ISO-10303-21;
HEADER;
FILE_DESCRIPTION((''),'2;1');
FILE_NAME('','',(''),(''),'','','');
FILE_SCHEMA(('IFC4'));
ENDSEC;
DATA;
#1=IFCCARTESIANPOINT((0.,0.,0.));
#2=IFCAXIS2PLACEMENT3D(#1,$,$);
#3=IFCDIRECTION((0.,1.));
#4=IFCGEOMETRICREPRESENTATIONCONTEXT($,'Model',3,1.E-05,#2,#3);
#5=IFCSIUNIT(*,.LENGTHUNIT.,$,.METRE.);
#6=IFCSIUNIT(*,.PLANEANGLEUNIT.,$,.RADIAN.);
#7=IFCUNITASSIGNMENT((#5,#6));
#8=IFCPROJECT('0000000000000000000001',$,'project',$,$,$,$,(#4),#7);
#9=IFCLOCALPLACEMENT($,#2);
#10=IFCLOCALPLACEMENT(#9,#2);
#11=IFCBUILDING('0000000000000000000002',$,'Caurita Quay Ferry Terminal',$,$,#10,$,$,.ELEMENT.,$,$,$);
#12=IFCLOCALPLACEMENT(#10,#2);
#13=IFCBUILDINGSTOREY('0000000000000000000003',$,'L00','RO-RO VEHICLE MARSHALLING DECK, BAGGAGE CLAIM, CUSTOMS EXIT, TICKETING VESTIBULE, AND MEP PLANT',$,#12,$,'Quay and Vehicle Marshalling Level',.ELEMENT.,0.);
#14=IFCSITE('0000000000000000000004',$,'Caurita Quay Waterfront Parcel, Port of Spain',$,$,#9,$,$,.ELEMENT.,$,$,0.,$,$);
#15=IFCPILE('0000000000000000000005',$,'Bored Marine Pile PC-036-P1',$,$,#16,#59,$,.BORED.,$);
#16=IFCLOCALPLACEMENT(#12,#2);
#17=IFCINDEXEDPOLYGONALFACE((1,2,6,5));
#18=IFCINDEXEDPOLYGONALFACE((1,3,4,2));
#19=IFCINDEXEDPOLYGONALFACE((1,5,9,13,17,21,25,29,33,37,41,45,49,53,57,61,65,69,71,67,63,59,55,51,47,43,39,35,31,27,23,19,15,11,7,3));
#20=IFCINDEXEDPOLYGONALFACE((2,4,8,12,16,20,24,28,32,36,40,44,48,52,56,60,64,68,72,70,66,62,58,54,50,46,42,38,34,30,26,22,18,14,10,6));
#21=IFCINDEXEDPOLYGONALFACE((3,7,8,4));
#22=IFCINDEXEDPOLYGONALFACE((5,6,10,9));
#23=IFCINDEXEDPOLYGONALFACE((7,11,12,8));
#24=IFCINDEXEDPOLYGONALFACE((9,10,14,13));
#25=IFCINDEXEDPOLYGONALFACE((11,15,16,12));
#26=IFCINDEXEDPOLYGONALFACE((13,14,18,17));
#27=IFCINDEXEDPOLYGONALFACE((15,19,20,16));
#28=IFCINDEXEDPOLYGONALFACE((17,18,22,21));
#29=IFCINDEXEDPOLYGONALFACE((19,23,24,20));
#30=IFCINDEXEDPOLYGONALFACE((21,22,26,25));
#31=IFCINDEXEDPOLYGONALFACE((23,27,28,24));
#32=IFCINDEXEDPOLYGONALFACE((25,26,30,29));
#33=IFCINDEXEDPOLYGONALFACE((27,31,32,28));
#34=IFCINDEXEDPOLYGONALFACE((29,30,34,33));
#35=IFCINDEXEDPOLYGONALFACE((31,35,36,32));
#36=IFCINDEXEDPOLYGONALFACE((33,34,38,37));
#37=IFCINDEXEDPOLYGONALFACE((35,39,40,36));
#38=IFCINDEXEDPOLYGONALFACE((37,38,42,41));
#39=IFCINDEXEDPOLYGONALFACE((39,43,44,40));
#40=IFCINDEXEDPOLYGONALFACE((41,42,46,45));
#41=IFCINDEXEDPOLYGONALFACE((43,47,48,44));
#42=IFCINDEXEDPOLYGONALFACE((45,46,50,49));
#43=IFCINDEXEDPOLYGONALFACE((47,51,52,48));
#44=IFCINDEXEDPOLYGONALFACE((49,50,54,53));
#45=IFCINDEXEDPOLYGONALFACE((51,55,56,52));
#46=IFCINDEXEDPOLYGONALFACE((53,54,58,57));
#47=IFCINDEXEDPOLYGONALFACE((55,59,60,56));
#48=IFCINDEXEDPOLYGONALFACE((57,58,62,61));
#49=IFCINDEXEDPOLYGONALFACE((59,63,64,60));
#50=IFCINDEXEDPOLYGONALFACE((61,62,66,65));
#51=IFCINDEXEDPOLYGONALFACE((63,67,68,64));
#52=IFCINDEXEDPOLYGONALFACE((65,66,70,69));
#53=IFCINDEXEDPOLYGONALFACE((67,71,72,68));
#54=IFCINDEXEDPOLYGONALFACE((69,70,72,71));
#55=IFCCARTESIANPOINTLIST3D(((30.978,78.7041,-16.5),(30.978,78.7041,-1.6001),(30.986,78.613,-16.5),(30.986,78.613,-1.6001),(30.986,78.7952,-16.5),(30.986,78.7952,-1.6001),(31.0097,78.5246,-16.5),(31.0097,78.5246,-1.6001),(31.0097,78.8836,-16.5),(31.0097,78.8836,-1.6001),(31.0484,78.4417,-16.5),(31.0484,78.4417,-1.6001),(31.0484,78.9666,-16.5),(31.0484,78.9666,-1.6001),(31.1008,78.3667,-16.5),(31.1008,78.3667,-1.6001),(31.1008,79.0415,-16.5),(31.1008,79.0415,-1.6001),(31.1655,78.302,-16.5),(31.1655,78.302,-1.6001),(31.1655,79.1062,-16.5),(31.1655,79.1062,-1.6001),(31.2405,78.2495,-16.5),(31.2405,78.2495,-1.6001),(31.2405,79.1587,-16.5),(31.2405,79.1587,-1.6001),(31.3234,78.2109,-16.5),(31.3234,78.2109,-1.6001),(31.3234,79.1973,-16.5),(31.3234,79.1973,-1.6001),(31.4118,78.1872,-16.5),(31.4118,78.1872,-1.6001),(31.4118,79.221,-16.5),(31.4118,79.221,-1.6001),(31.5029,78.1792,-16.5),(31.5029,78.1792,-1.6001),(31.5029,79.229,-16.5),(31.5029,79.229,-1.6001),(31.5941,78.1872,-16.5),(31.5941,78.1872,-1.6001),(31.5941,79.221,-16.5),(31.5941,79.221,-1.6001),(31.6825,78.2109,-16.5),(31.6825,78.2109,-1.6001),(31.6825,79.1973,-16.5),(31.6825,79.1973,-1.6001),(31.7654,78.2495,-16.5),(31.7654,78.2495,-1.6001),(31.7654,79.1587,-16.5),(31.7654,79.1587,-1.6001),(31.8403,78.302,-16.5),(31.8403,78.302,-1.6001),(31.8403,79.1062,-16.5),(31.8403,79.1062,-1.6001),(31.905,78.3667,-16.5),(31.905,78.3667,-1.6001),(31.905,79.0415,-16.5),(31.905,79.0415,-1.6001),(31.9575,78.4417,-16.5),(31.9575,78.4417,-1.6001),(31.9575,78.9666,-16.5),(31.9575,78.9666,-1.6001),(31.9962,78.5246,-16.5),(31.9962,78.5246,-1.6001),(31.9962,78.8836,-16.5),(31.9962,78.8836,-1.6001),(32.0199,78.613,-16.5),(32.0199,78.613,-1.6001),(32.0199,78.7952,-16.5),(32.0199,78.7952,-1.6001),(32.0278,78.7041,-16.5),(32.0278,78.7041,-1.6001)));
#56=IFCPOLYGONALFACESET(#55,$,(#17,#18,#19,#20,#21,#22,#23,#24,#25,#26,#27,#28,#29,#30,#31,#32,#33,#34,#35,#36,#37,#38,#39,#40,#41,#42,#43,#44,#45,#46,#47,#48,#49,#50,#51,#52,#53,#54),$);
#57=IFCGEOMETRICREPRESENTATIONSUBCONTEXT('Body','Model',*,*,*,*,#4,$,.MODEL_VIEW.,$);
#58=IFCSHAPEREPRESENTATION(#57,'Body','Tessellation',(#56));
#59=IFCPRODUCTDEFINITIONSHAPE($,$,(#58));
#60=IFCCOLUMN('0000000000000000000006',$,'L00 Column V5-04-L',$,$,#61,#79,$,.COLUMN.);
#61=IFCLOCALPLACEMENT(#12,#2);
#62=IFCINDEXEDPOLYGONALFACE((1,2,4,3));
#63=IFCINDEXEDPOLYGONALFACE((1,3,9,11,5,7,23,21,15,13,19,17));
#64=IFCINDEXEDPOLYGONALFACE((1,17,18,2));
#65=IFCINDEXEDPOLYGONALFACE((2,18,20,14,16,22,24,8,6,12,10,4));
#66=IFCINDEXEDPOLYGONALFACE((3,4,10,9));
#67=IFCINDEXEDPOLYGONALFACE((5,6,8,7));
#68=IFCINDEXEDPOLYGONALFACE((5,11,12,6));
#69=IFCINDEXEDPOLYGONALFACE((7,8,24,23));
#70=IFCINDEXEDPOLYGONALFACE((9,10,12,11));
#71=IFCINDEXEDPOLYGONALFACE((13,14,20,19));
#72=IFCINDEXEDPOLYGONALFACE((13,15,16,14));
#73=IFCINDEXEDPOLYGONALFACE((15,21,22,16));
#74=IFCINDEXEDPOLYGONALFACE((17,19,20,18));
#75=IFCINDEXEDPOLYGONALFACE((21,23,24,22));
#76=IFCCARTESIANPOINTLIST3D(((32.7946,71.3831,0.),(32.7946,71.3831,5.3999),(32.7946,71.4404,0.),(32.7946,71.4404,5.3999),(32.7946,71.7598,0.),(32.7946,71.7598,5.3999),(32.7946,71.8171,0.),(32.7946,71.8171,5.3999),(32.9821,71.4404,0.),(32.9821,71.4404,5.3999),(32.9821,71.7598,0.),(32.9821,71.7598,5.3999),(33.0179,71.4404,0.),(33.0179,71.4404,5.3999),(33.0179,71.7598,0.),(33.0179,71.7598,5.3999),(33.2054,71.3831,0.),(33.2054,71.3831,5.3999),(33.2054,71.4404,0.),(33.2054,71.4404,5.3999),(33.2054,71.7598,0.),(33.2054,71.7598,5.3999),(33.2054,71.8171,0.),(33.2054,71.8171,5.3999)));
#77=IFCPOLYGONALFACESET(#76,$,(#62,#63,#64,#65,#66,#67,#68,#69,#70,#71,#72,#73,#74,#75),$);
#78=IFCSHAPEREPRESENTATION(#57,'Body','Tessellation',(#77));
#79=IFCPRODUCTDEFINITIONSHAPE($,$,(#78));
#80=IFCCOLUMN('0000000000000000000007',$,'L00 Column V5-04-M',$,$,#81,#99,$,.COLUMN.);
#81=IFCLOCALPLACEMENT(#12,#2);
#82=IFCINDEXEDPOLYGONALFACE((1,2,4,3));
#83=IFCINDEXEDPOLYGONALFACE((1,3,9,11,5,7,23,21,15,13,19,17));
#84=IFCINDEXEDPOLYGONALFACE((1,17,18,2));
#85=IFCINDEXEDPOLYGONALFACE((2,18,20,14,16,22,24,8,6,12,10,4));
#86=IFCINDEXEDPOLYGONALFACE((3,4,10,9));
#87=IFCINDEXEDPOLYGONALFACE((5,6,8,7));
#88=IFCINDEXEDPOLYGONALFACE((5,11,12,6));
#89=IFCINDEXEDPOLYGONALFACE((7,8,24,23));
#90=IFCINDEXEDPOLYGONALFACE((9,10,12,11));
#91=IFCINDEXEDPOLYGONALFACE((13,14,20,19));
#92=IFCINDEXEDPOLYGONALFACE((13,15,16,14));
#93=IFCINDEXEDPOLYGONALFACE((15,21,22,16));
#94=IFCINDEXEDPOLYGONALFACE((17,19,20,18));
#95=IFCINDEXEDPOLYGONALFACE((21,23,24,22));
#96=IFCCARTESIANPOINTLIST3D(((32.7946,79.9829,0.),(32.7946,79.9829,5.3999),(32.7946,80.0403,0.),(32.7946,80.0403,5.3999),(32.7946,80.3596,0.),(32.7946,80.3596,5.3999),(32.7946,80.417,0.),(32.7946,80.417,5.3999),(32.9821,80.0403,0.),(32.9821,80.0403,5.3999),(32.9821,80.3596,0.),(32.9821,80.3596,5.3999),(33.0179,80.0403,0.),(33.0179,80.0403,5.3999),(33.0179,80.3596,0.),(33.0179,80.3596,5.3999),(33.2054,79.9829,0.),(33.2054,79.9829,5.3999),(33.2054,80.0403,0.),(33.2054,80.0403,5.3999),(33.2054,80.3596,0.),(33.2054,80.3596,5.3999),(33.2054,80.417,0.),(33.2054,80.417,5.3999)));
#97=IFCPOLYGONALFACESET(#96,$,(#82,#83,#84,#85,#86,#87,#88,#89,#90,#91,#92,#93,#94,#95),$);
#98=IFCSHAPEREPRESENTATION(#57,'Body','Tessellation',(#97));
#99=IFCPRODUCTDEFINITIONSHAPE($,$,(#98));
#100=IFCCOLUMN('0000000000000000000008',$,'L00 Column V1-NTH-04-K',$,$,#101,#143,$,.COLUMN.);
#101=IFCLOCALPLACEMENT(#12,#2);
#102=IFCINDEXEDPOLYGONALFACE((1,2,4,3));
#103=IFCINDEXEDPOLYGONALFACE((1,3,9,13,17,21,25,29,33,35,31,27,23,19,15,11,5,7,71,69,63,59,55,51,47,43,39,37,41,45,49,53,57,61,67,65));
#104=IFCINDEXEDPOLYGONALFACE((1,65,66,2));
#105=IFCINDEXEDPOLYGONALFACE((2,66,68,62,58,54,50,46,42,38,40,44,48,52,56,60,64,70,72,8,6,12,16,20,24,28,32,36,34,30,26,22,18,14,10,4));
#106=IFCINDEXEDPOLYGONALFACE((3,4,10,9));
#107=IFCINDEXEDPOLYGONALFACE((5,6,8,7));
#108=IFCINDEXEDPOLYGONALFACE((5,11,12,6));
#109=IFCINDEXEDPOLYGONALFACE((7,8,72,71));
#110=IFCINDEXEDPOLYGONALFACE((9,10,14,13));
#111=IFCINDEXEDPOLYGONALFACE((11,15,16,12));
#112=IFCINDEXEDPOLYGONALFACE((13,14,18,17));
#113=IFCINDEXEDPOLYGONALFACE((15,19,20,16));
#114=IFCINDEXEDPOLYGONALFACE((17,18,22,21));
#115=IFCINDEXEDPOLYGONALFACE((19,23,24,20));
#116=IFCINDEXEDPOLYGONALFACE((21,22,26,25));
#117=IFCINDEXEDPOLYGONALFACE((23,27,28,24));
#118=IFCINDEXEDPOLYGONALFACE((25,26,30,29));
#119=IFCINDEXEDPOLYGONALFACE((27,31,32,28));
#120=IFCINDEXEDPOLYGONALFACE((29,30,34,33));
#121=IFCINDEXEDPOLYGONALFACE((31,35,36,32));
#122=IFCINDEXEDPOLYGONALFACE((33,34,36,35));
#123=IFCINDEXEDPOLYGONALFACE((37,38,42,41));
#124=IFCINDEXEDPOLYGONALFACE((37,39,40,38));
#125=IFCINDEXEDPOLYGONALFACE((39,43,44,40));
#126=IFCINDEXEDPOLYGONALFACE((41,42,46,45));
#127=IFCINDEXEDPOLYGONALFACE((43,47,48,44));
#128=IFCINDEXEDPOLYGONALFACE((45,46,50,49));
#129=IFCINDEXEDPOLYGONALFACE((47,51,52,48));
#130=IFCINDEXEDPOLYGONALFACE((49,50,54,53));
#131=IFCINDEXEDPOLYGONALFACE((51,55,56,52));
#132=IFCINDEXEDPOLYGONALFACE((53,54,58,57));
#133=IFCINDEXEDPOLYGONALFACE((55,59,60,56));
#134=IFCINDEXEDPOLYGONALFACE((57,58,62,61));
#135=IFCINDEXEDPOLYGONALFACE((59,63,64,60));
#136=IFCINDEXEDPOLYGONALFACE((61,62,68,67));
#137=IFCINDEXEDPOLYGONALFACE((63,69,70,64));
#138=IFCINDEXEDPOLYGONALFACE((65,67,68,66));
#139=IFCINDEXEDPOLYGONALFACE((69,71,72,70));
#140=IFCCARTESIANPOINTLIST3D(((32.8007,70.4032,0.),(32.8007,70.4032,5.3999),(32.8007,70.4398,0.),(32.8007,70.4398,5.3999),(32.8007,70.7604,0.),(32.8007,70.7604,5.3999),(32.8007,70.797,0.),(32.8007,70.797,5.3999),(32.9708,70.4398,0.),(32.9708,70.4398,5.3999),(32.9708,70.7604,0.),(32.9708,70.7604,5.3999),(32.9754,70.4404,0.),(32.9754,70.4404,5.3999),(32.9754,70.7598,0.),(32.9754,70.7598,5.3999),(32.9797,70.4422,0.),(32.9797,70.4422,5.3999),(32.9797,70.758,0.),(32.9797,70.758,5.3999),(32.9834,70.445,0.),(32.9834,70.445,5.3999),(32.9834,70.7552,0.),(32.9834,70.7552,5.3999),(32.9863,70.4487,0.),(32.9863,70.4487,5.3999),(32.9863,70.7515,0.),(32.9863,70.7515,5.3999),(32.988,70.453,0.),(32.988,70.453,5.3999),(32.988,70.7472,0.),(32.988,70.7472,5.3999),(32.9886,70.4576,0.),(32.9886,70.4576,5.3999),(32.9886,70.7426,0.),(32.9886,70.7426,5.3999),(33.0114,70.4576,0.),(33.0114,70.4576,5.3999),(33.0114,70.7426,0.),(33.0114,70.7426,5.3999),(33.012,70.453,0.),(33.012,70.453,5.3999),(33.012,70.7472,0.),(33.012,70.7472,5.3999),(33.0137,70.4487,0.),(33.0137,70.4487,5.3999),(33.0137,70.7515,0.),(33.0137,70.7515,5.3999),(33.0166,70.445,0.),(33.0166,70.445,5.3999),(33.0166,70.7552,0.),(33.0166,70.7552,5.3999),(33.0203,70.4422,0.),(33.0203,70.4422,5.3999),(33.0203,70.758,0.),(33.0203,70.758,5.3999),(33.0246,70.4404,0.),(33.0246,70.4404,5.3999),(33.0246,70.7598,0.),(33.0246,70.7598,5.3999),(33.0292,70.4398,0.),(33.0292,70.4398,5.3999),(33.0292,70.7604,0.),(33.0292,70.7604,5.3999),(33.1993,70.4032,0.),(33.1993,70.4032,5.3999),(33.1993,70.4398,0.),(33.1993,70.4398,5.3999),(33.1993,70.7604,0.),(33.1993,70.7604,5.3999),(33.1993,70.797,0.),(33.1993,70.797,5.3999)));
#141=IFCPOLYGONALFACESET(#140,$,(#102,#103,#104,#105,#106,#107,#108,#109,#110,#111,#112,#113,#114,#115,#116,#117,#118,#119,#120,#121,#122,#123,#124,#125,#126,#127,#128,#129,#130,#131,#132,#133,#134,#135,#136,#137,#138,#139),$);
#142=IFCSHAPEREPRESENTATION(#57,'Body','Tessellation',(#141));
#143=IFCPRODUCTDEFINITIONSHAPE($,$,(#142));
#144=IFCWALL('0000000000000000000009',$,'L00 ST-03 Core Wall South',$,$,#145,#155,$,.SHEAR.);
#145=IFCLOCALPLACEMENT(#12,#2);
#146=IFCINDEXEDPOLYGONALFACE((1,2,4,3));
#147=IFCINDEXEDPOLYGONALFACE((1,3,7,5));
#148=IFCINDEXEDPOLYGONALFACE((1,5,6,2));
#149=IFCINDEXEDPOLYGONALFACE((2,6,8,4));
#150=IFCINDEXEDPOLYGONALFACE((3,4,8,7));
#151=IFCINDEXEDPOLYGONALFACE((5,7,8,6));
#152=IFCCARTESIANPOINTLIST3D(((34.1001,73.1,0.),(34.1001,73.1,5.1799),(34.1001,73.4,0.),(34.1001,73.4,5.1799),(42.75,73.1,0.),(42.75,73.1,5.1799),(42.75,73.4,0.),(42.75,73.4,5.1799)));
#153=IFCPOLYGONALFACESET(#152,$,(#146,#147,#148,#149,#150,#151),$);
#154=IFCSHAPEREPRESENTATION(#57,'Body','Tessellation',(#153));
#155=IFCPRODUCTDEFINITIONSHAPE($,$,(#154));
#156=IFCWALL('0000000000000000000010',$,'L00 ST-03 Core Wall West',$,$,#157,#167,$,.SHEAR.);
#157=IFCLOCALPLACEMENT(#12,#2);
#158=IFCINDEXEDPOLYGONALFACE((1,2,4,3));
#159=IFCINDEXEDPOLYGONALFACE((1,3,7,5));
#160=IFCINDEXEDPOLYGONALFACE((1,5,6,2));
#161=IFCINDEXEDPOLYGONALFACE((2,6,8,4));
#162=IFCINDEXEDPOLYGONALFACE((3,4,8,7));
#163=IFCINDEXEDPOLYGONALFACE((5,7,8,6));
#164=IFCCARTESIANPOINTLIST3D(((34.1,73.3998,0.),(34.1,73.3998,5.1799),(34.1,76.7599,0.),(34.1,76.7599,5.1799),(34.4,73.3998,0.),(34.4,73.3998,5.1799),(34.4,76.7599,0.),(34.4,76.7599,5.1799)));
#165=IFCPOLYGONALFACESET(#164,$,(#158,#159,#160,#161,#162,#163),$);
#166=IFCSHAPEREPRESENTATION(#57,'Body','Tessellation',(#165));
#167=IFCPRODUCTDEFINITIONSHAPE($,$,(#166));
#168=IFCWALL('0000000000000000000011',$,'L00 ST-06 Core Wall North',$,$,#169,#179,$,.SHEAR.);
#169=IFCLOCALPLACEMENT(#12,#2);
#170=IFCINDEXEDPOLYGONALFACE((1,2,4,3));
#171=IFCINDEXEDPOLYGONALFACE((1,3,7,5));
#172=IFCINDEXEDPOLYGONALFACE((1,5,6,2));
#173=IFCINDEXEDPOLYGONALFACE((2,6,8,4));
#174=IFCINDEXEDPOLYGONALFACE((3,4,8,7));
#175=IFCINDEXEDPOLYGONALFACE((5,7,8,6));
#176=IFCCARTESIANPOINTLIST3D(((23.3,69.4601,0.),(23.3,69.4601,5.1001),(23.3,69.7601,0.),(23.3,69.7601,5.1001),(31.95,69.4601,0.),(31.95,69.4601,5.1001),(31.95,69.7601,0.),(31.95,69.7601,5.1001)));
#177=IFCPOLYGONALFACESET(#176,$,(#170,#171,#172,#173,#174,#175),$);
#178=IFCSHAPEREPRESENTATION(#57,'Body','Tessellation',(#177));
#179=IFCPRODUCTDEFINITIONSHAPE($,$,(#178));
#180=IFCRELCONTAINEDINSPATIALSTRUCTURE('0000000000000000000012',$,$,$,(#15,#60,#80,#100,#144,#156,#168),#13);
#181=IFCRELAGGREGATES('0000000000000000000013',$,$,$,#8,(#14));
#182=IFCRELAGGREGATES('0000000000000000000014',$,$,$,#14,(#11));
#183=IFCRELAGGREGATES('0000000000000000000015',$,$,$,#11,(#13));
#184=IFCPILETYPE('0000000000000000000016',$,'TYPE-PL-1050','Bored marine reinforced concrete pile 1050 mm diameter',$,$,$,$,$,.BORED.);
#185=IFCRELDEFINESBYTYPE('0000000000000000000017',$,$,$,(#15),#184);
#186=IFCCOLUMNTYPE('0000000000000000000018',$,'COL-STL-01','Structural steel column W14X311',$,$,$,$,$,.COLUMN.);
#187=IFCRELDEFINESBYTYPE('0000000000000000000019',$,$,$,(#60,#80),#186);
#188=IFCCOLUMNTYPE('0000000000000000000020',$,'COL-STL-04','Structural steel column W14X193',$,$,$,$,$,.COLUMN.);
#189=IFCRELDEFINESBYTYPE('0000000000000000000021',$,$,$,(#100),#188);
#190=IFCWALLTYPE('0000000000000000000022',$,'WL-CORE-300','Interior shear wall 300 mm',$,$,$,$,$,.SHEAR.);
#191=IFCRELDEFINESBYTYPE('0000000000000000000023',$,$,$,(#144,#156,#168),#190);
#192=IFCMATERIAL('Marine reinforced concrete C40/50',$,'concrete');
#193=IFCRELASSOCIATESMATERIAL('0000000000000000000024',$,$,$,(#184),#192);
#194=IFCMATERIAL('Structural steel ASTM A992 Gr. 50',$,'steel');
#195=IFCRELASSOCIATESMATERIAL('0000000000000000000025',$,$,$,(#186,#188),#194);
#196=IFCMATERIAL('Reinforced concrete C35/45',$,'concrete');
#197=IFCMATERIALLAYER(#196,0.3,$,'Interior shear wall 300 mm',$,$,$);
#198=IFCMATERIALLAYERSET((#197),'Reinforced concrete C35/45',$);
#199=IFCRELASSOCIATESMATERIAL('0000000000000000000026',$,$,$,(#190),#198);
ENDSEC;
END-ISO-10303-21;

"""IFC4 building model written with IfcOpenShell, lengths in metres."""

from ifc_helpers import new_model, si_unit, direction, frame, frame_2d, origin, origin_2d, place, context, subcontext, project, spatial, rectangle, circle, i_section, extrude, material, layer, layer_set, material_profile, profile_set, type_object, element, save


model = new_model("IFC4")

# Units and contexts
model_context = context("Model", 3, precision=1e-05, world=origin(), true_north=direction((0.0, 1.0)))
body_context = subcontext(model_context, "Body", "Model", "MODEL_VIEW")
ifc_project = project(units=[si_unit("LENGTHUNIT", "METRE"), si_unit("PLANEANGLEUNIT", "RADIAN")], contexts=[model_context])

# Site, building, storey
site_placement = place(None, origin())
site = spatial("IfcSite", under=ifc_project, at=site_placement, Name="Caurita Quay Waterfront Parcel, Port of Spain", CompositionType="ELEMENT", RefElevation=0.0)
building_placement = place(site_placement, origin())
building = spatial("IfcBuilding", under=site, at=building_placement, Name="Caurita Quay Ferry Terminal", CompositionType="ELEMENT")
storey_placement = place(building_placement, origin())
storey = spatial("IfcBuildingStorey", under=building, at=storey_placement, Name="L00", Description="RO-RO VEHICLE MARSHALLING DECK, BAGGAGE CLAIM, CUSTOMS EXIT, TICKETING VESTIBULE, AND MEP PLANT", LongName="Quay and Vehicle Marshalling Level", CompositionType="ELEMENT", Elevation=0.0)

# Pile
ifc_material_1 = material(Name="Marine reinforced concrete C40/50", Category="concrete")
ifc_material_profile_1 = material_profile(ifc_material_1, circle(Radius=0.5249, at=origin_2d()), Name="PILE-D1050")
ifc_profile_set_1 = profile_set([ifc_material_profile_1], Name="Marine reinforced concrete C40/50")
pile_type = type_object("IfcPileType", Name="TYPE-PL-1050", Description="Bored marine reinforced concrete pile 1050 mm diameter", PredefinedType="BORED", material=ifc_profile_set_1)
pile_placement = place(storey_placement, frame((31.5029, 78.7041, -1.6001), z_axis=(0.0, 0.0, -1.0), x_axis=(1.0, 0.0, 0.0)))
element("IfcPile", 1, at=pile_placement, inside=storey, type_object=pile_type, Name="Bored Marine Pile PC-036-P1", PredefinedType="BORED", context=body_context, shape_type="SweptSolid", body=[
    extrude(circle(Radius=0.5249, at=origin_2d()), origin(), (0.0, 0.0, 1.0), 14.8999),
])

# Columns
ifc_material_2 = material(Name="Structural steel ASTM A992 Gr. 50", Category="steel")
ifc_material_profile_2 = material_profile(ifc_material_2, i_section(OverallWidth=0.4109, OverallDepth=0.4341, WebThickness=0.0359, FlangeThickness=0.0574, at=origin_2d()), Name="W14X311")
ifc_profile_set_2 = profile_set([ifc_material_profile_2], Name="Structural steel ASTM A992 Gr. 50")
column_type_1 = type_object("IfcColumnType", Name="COL-STL-01", Description="Structural steel column W14X311", PredefinedType="COLUMN", material=ifc_profile_set_2)
for number, where, z_axis, x_axis, name in (
    (2, (33.0, 71.6001, 0.0), (0.0, 0.0, 1.0), (1.0, 0.0, 0.0), "L00 Column V5-04-L"),
    (3, (33.0, 80.2, 0.0), (0.0, 0.0, 1.0), (1.0, 0.0, 0.0), "L00 Column V5-04-M"),
):
    element("IfcColumn", number, at=place(storey_placement, frame(where, z_axis=z_axis, x_axis=x_axis)), inside=storey, type_object=column_type_1, Name=name, PredefinedType="COLUMN", context=body_context, shape_type="SweptSolid", body=[
        extrude(i_section(OverallWidth=0.4109, OverallDepth=0.4341, WebThickness=0.0359, FlangeThickness=0.0574, at=origin_2d()), origin(), (0.0, 0.0, 1.0), 5.3999),
    ])
ifc_material_profile_3 = material_profile(ifc_material_2, i_section(OverallWidth=0.3987, OverallDepth=0.3938, WebThickness=0.0227, FlangeThickness=0.0366, FilletRadius=0.0178, at=origin_2d()), Name="W14X193")
ifc_profile_set_3 = profile_set([ifc_material_profile_3], Name="Structural steel ASTM A992 Gr. 50")
column_type_2 = type_object("IfcColumnType", Name="COL-STL-04", Description="Structural steel column W14X193", PredefinedType="COLUMN", material=ifc_profile_set_3)
column_placement = place(storey_placement, frame((33.0, 70.6001, 0.0), z_axis=(0.0, 0.0, 1.0), x_axis=(1.0, 0.0, 0.0)))
element("IfcColumn", 4, at=column_placement, inside=storey, type_object=column_type_2, Name="L00 Column V1-NTH-04-K", PredefinedType="COLUMN", context=body_context, shape_type="SweptSolid", body=[
    extrude(i_section(OverallWidth=0.3987, OverallDepth=0.3938, WebThickness=0.0227, FlangeThickness=0.0366, FilletRadius=0.0178, at=origin_2d()), origin(), (0.0, 0.0, 1.0), 5.3999),
])

# Walls
ifc_material_3 = material(Name="Reinforced concrete C35/45", Category="concrete")
ifc_layer_1 = layer(ifc_material_3, 0.3, Name="Interior shear wall 300 mm")
ifc_layer_set_1 = layer_set([ifc_layer_1], Name="Reinforced concrete C35/45")
wall_type_1 = type_object("IfcWallType", Name="WL-CORE-300", Description="Interior shear wall 300 mm", PredefinedType="SHEAR", material=ifc_layer_set_1)
wall_1_placement = place(storey_placement, frame((34.1001, 73.25, 0.0), z_axis=(0.0, 0.0, 1.0), x_axis=(1.0, 0.0, 0.0)))
element("IfcWall", 5, at=wall_1_placement, inside=storey, type_object=wall_type_1, Name="L00 ST-03 Core Wall South", PredefinedType="SHEAR", context=body_context, shape_type="SweptSolid", body=[
    extrude(rectangle(XDim=8.6499, YDim=0.3, at=frame_2d((4.325, 0.0))), origin(), (0.0, 0.0, 1.0), 5.1799),
])
wall_2_placement = place(storey_placement, frame((34.25, 76.76, 0.0), z_axis=(0.0, 0.0, 1.0), x_axis=(0.0, -1.0, 0.0)))
element("IfcWall", 6, at=wall_2_placement, inside=storey, type_object=wall_type_1, Name="L00 ST-03 Core Wall West", PredefinedType="SHEAR", context=body_context, shape_type="SweptSolid", body=[
    extrude(rectangle(XDim=3.3601, YDim=0.3, at=frame_2d((1.6802, 0.0))), origin(), (0.0, 0.0, 1.0), 5.1799),
])
wall_3_placement = place(storey_placement, frame((31.95, 69.6101, 0.0), z_axis=(0.0, 0.0, 1.0), x_axis=(-1.0, 0.0, 0.0)))
element("IfcWall", 7, at=wall_3_placement, inside=storey, type_object=wall_type_1, Name="L00 ST-06 Core Wall North", PredefinedType="SHEAR", context=body_context, shape_type="SweptSolid", body=[
    extrude(rectangle(XDim=8.6499, YDim=0.3, at=frame_2d((4.325, 0.0))), origin(), (0.0, 0.0, 1.0), 5.1001),
])

save(model, "model.ifc")
